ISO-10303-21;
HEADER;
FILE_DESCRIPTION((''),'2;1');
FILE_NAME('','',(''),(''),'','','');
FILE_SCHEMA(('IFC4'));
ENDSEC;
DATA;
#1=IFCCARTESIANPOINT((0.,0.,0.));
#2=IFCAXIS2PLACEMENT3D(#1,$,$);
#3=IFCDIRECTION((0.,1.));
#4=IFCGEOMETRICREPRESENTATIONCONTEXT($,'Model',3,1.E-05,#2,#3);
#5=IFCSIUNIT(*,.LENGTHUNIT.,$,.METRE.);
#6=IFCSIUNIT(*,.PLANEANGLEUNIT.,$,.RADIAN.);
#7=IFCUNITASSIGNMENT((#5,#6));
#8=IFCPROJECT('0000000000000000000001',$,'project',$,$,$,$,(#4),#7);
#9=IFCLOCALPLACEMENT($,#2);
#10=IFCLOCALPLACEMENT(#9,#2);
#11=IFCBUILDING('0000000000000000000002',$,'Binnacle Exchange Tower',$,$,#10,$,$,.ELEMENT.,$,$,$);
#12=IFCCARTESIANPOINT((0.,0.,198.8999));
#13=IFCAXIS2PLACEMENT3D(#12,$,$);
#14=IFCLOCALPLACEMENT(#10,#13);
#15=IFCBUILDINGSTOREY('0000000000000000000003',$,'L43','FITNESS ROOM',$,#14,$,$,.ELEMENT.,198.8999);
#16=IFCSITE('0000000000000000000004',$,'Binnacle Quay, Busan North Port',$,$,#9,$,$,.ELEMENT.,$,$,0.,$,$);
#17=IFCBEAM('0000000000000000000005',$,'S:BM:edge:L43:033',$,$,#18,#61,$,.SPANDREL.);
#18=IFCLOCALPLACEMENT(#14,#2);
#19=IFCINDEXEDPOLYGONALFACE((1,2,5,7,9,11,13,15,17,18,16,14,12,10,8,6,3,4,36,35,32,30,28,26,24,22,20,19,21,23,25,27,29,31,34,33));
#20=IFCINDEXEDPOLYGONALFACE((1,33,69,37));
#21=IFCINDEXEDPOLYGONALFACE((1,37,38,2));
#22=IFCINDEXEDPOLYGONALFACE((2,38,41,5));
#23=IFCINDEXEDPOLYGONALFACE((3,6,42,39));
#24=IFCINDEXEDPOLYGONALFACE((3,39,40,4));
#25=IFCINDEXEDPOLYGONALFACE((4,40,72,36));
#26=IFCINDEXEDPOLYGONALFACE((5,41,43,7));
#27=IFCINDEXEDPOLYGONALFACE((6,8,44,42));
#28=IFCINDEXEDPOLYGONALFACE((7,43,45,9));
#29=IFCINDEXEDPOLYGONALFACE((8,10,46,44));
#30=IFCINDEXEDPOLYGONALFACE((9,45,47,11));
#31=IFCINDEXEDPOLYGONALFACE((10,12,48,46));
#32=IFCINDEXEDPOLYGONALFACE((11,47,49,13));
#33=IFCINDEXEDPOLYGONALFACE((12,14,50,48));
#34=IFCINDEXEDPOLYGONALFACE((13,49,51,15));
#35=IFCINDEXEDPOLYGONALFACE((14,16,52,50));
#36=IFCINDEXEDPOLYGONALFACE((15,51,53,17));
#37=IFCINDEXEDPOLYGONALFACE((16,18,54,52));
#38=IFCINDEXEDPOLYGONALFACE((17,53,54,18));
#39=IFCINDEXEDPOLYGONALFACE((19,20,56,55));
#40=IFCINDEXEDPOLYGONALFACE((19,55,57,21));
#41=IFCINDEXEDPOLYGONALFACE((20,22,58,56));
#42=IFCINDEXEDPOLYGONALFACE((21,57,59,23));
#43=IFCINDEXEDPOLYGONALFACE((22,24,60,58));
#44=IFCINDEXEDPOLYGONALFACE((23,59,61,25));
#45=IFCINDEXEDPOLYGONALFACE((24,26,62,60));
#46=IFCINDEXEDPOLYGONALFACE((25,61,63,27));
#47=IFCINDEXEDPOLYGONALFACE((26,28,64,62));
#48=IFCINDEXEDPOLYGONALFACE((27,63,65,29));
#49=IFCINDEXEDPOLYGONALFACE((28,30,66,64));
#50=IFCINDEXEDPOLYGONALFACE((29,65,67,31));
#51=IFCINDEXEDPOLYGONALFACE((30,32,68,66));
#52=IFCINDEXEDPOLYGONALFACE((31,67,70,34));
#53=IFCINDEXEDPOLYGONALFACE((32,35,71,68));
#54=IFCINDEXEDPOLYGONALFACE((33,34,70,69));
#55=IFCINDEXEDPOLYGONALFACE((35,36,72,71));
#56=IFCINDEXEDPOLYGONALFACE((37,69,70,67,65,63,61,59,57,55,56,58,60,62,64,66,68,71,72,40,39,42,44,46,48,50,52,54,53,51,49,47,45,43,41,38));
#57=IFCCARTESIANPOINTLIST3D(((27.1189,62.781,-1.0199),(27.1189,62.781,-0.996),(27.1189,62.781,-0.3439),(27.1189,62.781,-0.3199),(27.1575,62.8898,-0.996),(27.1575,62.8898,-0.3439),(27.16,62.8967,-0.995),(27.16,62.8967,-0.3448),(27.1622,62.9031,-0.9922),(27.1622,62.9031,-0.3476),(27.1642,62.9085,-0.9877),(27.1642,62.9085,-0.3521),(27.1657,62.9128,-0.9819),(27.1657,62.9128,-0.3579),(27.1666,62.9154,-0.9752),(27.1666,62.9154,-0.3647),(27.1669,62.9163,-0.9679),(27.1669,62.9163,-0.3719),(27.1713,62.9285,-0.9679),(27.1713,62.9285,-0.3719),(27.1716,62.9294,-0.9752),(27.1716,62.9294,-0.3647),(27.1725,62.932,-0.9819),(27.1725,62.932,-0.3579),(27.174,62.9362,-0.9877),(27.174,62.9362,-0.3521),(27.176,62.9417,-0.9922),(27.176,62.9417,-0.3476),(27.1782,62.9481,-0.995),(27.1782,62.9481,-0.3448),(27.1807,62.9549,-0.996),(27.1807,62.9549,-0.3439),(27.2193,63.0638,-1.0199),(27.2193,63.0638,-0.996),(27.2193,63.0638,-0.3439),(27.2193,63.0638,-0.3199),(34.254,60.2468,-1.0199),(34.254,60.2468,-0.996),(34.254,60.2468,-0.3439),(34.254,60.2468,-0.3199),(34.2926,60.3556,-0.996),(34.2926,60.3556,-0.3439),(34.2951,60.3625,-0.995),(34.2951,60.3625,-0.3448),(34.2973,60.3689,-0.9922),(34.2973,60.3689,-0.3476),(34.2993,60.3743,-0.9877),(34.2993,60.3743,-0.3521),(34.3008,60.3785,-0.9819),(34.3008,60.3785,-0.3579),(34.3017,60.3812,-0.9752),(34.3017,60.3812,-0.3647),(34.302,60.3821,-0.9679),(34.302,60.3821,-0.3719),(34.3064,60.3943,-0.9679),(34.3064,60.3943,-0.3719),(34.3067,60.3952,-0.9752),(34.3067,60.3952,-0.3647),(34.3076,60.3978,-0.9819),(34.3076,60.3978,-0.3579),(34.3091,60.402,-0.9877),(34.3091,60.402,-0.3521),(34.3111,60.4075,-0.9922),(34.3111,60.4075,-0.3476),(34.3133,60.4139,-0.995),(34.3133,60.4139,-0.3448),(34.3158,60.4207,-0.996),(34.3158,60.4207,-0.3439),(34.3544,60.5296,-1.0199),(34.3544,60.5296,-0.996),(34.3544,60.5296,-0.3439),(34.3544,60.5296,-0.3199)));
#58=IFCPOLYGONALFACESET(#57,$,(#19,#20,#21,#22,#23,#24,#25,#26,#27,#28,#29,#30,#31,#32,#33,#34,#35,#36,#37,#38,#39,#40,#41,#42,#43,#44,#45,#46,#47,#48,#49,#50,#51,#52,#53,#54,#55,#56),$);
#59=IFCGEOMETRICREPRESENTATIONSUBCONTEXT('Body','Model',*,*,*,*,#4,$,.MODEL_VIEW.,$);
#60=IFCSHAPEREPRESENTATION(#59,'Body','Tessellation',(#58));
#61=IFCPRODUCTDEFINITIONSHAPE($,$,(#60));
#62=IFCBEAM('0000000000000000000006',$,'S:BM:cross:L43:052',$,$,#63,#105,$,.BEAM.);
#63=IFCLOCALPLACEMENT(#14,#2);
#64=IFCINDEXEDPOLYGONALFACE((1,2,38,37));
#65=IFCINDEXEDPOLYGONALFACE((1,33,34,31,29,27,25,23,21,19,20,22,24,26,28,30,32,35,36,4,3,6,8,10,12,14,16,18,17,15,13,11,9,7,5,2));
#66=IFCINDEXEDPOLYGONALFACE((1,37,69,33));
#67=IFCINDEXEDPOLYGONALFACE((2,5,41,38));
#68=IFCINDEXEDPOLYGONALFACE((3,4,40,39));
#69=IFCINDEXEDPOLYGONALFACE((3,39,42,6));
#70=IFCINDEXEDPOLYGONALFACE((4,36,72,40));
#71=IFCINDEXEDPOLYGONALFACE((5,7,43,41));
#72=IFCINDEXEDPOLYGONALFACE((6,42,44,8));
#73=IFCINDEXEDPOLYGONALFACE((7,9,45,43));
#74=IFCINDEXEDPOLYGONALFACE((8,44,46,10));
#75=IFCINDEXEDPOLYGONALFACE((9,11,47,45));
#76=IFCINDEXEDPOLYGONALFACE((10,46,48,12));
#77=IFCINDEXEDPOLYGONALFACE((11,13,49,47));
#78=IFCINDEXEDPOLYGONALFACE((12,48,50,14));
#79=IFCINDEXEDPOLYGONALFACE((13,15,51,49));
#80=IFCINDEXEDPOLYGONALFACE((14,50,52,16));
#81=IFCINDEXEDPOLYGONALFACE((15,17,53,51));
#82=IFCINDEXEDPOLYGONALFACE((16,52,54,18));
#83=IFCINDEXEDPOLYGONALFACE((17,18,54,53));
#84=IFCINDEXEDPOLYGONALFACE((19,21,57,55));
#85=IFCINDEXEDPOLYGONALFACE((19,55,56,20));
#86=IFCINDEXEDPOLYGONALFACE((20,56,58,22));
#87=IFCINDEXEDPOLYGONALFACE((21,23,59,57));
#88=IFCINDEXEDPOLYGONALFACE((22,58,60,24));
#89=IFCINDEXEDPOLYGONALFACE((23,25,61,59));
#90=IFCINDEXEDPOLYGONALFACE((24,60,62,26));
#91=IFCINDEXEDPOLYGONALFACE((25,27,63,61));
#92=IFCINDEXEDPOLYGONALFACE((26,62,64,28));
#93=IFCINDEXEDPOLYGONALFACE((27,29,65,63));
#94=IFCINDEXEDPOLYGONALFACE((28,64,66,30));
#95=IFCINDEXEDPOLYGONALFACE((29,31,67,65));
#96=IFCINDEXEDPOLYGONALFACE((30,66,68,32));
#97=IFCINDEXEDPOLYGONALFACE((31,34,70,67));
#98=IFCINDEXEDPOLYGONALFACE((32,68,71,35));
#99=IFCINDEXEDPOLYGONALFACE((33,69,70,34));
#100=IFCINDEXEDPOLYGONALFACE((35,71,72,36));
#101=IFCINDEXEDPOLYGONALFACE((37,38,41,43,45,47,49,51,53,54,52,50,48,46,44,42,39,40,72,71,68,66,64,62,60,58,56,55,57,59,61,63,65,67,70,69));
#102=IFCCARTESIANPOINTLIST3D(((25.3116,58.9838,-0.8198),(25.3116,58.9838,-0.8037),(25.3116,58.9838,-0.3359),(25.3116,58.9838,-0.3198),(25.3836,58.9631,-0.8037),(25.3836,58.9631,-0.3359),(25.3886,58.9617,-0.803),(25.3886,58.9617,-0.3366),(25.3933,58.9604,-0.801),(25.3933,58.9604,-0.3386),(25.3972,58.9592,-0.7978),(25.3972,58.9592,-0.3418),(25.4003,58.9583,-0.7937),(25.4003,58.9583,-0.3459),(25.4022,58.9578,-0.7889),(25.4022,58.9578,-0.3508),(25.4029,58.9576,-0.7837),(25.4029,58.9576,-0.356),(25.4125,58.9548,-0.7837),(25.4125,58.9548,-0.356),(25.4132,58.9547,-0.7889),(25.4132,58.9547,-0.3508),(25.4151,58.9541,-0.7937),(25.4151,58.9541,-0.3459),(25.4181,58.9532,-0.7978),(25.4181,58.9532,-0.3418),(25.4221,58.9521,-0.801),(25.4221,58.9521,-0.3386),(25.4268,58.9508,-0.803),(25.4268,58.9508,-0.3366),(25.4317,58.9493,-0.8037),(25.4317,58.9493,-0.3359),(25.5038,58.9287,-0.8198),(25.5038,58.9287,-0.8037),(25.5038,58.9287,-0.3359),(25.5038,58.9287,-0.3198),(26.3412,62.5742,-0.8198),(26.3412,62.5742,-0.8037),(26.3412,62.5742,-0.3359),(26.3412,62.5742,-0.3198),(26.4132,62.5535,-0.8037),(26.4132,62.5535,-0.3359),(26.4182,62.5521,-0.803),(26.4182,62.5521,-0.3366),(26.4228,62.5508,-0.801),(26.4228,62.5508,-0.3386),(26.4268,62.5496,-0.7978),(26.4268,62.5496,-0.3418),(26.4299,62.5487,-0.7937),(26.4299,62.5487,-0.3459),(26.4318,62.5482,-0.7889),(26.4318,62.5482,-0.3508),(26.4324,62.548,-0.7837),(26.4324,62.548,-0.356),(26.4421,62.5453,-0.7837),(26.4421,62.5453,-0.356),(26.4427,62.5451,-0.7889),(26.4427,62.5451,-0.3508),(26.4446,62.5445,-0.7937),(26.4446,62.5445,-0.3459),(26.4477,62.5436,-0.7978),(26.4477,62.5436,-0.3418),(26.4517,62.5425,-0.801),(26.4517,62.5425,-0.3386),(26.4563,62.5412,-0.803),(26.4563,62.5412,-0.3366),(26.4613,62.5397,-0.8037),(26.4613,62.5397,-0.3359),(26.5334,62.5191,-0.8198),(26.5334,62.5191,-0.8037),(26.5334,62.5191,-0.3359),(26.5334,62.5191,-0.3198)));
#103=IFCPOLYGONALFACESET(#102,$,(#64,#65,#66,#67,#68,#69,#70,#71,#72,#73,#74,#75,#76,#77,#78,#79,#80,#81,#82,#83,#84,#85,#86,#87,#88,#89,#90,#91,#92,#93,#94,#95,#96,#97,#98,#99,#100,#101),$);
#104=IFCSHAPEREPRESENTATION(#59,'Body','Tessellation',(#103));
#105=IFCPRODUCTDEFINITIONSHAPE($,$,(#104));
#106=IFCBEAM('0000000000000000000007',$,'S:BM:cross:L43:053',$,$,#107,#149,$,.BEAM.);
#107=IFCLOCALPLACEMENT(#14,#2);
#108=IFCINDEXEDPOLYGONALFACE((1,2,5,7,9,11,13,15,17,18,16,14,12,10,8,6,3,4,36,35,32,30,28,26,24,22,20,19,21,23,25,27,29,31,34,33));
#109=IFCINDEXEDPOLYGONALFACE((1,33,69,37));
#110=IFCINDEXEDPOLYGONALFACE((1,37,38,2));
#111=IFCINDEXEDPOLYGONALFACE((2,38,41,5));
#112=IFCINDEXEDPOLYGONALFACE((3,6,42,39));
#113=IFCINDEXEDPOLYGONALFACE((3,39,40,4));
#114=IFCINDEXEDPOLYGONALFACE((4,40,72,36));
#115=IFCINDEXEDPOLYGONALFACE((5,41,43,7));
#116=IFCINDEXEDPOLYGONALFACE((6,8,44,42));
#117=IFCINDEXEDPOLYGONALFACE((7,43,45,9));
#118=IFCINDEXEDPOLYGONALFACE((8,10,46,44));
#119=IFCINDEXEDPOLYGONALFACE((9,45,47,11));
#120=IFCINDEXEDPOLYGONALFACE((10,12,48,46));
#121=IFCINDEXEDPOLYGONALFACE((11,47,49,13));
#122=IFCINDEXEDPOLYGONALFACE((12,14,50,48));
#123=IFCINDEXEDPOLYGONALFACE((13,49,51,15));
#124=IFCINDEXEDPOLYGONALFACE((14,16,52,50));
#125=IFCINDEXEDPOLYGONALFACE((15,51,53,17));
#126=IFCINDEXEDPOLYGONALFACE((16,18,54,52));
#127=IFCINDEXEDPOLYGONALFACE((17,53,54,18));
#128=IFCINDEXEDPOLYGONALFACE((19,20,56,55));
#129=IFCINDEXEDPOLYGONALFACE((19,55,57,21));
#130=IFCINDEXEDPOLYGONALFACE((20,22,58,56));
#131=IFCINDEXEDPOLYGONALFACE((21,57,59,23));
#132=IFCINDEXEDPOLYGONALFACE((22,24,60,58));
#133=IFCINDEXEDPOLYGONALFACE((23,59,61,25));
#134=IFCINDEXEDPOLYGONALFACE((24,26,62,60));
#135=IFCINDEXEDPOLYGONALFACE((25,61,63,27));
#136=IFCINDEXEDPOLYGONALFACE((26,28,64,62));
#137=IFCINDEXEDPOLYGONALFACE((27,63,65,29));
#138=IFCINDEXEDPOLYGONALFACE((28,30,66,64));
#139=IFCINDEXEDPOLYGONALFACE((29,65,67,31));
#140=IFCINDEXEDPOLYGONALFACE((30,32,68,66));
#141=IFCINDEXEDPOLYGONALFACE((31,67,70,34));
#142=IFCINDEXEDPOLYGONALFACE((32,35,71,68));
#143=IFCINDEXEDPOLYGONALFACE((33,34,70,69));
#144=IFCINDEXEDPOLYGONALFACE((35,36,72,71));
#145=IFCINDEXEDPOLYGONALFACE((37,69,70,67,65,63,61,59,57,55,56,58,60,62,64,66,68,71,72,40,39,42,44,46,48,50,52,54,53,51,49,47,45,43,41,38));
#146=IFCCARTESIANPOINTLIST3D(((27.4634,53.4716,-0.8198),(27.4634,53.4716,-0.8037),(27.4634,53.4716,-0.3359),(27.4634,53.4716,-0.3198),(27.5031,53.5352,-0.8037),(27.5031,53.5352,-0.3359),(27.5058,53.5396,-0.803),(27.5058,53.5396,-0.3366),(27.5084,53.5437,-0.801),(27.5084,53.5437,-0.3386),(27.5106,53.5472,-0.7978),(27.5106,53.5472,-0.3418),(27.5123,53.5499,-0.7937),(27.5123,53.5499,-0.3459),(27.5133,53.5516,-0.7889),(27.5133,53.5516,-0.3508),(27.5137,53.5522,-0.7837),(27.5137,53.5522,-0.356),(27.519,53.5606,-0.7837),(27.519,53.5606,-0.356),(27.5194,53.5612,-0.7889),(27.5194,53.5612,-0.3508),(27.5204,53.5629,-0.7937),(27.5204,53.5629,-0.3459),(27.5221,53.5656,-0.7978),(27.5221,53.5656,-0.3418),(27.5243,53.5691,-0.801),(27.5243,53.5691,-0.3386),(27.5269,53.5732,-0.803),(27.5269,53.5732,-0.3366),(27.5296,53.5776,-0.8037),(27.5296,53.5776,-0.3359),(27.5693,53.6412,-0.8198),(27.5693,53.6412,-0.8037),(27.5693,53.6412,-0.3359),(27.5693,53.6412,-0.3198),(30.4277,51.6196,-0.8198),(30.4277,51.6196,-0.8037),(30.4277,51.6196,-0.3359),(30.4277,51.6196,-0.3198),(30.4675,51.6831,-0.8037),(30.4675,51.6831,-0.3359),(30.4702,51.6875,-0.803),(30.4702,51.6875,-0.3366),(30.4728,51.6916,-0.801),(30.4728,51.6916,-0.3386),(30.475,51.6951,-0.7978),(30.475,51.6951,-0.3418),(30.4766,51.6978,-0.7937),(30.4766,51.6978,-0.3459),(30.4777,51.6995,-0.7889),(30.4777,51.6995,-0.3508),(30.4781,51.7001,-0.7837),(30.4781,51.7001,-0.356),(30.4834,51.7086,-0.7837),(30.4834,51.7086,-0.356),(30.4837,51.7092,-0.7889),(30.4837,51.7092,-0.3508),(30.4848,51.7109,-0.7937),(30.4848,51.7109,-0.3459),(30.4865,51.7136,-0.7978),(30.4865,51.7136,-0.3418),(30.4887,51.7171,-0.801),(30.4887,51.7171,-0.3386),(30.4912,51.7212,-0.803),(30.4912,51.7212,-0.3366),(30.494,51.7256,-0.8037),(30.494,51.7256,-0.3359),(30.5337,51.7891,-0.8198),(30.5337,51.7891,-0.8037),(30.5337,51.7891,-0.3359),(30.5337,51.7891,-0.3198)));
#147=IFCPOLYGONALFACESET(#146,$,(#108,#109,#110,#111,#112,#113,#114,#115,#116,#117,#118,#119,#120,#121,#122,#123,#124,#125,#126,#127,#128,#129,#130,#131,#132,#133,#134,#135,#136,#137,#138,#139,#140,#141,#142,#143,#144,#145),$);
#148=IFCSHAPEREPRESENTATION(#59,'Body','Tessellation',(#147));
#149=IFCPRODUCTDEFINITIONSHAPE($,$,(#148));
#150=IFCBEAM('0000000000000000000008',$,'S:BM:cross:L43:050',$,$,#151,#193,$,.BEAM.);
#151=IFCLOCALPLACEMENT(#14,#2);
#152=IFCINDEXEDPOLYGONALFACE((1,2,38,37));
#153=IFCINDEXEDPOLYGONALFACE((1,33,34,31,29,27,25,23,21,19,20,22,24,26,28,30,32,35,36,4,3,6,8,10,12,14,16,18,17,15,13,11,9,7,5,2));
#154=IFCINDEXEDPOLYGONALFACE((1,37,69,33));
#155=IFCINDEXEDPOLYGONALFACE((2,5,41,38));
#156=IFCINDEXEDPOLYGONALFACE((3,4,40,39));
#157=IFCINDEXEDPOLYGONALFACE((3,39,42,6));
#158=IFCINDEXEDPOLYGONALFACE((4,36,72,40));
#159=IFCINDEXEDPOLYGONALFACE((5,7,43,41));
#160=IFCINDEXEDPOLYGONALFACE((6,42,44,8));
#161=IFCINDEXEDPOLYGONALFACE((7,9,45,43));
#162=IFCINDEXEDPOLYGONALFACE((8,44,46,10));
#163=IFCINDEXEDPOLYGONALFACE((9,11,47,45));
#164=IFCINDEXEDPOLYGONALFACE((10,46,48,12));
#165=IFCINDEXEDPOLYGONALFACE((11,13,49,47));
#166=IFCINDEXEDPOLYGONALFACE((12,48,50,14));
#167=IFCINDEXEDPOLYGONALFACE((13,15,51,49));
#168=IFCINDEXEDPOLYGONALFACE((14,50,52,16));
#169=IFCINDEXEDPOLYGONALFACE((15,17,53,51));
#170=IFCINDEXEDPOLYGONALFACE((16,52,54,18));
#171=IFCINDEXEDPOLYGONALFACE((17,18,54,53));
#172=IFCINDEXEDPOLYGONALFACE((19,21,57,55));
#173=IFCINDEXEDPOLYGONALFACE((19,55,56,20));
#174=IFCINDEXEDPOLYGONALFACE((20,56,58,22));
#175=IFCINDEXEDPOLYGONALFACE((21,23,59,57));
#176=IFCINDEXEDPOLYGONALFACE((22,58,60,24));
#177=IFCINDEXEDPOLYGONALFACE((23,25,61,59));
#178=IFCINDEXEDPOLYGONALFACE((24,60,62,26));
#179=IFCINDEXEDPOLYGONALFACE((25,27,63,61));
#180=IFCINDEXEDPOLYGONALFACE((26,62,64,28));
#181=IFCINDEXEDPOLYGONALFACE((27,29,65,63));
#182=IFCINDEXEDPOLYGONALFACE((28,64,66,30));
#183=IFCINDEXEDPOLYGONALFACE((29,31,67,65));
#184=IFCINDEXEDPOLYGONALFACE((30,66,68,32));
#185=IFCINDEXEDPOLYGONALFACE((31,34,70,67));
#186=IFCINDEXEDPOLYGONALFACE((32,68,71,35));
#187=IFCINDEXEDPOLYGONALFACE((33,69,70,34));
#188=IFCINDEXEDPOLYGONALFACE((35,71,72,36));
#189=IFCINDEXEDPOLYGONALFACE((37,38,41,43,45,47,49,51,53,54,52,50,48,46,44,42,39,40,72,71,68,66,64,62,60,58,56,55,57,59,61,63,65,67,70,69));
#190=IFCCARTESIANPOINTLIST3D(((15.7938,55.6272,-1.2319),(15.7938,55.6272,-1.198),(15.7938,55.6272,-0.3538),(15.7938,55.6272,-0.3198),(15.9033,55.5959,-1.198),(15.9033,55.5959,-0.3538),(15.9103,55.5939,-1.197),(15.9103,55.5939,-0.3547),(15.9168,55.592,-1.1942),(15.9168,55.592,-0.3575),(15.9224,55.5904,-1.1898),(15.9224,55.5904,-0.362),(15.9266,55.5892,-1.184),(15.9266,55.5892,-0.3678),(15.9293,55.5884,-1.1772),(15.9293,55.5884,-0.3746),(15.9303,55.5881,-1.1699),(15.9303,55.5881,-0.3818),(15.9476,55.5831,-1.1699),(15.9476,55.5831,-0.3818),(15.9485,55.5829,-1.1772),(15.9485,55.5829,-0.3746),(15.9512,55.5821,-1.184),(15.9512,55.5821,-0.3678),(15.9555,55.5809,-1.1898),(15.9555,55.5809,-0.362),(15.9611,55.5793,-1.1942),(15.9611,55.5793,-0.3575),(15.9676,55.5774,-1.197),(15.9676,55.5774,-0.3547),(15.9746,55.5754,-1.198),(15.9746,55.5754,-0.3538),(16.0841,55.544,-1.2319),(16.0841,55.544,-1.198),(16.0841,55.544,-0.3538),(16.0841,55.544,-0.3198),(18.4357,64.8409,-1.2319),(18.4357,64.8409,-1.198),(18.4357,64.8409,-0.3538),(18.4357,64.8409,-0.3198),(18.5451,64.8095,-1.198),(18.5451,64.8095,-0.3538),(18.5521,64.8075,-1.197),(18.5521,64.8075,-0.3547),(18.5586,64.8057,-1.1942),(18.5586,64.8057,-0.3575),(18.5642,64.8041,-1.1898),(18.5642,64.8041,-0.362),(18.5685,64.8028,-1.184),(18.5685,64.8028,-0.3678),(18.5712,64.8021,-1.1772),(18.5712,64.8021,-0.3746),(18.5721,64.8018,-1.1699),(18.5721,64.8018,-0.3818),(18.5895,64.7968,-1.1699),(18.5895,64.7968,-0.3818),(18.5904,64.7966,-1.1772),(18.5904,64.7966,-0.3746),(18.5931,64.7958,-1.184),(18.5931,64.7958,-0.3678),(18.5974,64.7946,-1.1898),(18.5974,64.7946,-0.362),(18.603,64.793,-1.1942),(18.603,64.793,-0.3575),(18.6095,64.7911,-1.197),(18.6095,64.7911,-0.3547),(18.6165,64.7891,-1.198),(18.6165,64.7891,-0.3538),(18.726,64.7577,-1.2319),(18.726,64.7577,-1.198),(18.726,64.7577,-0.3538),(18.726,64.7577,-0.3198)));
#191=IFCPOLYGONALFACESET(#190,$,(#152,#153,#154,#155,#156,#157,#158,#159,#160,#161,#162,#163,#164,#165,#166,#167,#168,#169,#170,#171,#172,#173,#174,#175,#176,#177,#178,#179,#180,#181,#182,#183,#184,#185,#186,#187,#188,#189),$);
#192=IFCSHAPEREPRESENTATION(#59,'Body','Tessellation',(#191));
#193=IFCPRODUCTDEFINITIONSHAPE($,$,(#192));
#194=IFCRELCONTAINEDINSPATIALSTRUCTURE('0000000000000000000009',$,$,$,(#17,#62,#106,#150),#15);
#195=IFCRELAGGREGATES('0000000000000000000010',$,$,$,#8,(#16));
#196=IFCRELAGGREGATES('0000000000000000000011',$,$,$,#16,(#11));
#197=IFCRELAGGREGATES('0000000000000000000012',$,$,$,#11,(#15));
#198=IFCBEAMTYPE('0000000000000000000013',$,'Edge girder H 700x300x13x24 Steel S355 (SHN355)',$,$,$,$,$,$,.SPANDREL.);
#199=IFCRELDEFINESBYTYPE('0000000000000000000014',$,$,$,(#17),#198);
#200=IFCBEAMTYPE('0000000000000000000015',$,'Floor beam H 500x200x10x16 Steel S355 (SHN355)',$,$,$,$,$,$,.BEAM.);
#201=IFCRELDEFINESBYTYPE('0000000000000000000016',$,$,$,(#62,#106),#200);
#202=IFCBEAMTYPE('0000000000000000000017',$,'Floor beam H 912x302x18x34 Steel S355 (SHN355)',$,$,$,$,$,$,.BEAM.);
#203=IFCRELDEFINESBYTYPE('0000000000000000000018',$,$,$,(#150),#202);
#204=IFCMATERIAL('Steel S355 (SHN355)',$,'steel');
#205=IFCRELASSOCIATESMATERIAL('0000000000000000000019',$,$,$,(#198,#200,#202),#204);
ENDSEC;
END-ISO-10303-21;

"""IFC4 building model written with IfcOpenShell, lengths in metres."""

from ifc_helpers import new_model, si_unit, direction, frame, origin, origin_2d, place, context, subcontext, project, spatial, i_section, extrude, material, material_profile, profile_set, type_object, element, save


model = new_model("IFC4")

# Units and contexts
model_context = context("Model", 3, precision=1e-05, world=origin(), true_north=direction((0.0, 1.0)))
body_context = subcontext(model_context, "Body", "Model", "MODEL_VIEW")
ifc_project = project(units=[si_unit("LENGTHUNIT", "METRE"), si_unit("PLANEANGLEUNIT", "RADIAN")], contexts=[model_context])

# Site, building, storey
site_placement = place(None, origin())
site = spatial("IfcSite", under=ifc_project, at=site_placement, Name="Binnacle Quay, Busan North Port", CompositionType="ELEMENT", RefElevation=0.0)
building_placement = place(site_placement, origin())
building = spatial("IfcBuilding", under=site, at=building_placement, Name="Binnacle Exchange Tower", CompositionType="ELEMENT")
storey_placement = place(building_placement, frame((0.0, 0.0, 198.8999)))
storey = spatial("IfcBuildingStorey", under=building, at=storey_placement, Name="L43", Description="FITNESS ROOM", CompositionType="ELEMENT", Elevation=198.8999)

# Beams
ifc_material_1 = material(Name="Steel S355 (SHN355)", Category="steel")
ifc_material_profile_1 = material_profile(ifc_material_1, i_section(OverallWidth=0.3, OverallDepth=0.7, WebThickness=0.0129, FlangeThickness=0.0239, FilletRadius=0.0281, at=origin_2d()), Name="H 700x300x13x24")
ifc_profile_set_1 = profile_set([ifc_material_profile_1], Name="Steel S355 (SHN355)")
beam_type_1 = type_object("IfcBeamType", Name="Edge girder H 700x300x13x24 Steel S355 (SHN355)", PredefinedType="SPANDREL", material=ifc_profile_set_1)
beam_1_placement = place(storey_placement, frame((34.3042, 60.3882, -0.6699), z_axis=(-0.942328, 0.334692, 0.0), x_axis=(-0.334692, -0.942328, 0.0)))
element("IfcBeam", 1, at=beam_1_placement, inside=storey, type_object=beam_type_1, Name="S:BM:edge:L43:033", PredefinedType="SPANDREL", context=body_context, shape_type="SweptSolid", body=[
    extrude(i_section(OverallWidth=0.3, OverallDepth=0.7, WebThickness=0.0129, FlangeThickness=0.0239, FilletRadius=0.0281, at=origin_2d()), origin(), (0.0, 0.0, 1.0), 7.5718),
])
ifc_material_profile_2 = material_profile(ifc_material_1, i_section(OverallWidth=0.2, OverallDepth=0.5, WebThickness=0.01, FlangeThickness=0.0161, FilletRadius=0.02, at=origin_2d()), Name="H 500x200x10x16")
ifc_profile_set_2 = profile_set([ifc_material_profile_2], Name="Steel S355 (SHN355)")
beam_type_2 = type_object("IfcBeamType", Name="Floor beam H 500x200x10x16 Steel S355 (SHN355)", PredefinedType="BEAM", material=ifc_profile_set_2)
beam_2_placement = place(storey_placement, frame((26.4373, 62.5466, -0.5698), z_axis=(-0.275645, -0.96126, 0.0), x_axis=(0.96126, -0.275645, 0.0)))
element("IfcBeam", 2, at=beam_2_placement, inside=storey, type_object=beam_type_2, Name="S:BM:cross:L43:052", PredefinedType="BEAM", context=body_context, shape_type="SweptSolid", body=[
    extrude(i_section(OverallWidth=0.2, OverallDepth=0.5, WebThickness=0.01, FlangeThickness=0.0161, FilletRadius=0.02, at=origin_2d()), origin(), (0.0, 0.0, 1.0), 3.7351),
])
beam_3_placement = place(storey_placement, frame((30.4807, 51.7043, -0.5698), z_axis=(-0.848085, 0.529861, 0.0), x_axis=(-0.529861, -0.848085, 0.0)))
element("IfcBeam", 3, at=beam_3_placement, inside=storey, type_object=beam_type_2, Name="S:BM:cross:L43:053", PredefinedType="BEAM", context=body_context, shape_type="SweptSolid", body=[
    extrude(i_section(OverallWidth=0.2, OverallDepth=0.5, WebThickness=0.01, FlangeThickness=0.0161, FilletRadius=0.02, at=origin_2d()), origin(), (0.0, 0.0, 1.0), 3.4954),
])
ifc_material_profile_3 = material_profile(ifc_material_1, i_section(OverallWidth=0.302, OverallDepth=0.9121, WebThickness=0.0181, FlangeThickness=0.0339, FilletRadius=0.0281, at=origin_2d()), Name="H 912x302x18x34")
ifc_profile_set_3 = profile_set([ifc_material_profile_3], Name="Steel S355 (SHN355)")
beam_type_3 = type_object("IfcBeamType", Name="Floor beam H 912x302x18x34 Steel S355 (SHN355)", PredefinedType="BEAM", material=ifc_profile_set_3)
beam_4_placement = place(storey_placement, frame((18.5808, 64.7993, -0.7759), z_axis=(-0.275626, -0.961265, 0.0), x_axis=(0.961265, -0.275626, 0.0)))
element("IfcBeam", 4, at=beam_4_placement, inside=storey, type_object=beam_type_3, Name="S:BM:cross:L43:050", PredefinedType="BEAM", context=body_context, shape_type="SweptSolid", body=[
    extrude(i_section(OverallWidth=0.302, OverallDepth=0.9121, WebThickness=0.0181, FlangeThickness=0.0339, FilletRadius=0.0281, at=origin_2d()), origin(), (0.0, 0.0, 1.0), 9.585),
])

save(model, "model.ifc")
